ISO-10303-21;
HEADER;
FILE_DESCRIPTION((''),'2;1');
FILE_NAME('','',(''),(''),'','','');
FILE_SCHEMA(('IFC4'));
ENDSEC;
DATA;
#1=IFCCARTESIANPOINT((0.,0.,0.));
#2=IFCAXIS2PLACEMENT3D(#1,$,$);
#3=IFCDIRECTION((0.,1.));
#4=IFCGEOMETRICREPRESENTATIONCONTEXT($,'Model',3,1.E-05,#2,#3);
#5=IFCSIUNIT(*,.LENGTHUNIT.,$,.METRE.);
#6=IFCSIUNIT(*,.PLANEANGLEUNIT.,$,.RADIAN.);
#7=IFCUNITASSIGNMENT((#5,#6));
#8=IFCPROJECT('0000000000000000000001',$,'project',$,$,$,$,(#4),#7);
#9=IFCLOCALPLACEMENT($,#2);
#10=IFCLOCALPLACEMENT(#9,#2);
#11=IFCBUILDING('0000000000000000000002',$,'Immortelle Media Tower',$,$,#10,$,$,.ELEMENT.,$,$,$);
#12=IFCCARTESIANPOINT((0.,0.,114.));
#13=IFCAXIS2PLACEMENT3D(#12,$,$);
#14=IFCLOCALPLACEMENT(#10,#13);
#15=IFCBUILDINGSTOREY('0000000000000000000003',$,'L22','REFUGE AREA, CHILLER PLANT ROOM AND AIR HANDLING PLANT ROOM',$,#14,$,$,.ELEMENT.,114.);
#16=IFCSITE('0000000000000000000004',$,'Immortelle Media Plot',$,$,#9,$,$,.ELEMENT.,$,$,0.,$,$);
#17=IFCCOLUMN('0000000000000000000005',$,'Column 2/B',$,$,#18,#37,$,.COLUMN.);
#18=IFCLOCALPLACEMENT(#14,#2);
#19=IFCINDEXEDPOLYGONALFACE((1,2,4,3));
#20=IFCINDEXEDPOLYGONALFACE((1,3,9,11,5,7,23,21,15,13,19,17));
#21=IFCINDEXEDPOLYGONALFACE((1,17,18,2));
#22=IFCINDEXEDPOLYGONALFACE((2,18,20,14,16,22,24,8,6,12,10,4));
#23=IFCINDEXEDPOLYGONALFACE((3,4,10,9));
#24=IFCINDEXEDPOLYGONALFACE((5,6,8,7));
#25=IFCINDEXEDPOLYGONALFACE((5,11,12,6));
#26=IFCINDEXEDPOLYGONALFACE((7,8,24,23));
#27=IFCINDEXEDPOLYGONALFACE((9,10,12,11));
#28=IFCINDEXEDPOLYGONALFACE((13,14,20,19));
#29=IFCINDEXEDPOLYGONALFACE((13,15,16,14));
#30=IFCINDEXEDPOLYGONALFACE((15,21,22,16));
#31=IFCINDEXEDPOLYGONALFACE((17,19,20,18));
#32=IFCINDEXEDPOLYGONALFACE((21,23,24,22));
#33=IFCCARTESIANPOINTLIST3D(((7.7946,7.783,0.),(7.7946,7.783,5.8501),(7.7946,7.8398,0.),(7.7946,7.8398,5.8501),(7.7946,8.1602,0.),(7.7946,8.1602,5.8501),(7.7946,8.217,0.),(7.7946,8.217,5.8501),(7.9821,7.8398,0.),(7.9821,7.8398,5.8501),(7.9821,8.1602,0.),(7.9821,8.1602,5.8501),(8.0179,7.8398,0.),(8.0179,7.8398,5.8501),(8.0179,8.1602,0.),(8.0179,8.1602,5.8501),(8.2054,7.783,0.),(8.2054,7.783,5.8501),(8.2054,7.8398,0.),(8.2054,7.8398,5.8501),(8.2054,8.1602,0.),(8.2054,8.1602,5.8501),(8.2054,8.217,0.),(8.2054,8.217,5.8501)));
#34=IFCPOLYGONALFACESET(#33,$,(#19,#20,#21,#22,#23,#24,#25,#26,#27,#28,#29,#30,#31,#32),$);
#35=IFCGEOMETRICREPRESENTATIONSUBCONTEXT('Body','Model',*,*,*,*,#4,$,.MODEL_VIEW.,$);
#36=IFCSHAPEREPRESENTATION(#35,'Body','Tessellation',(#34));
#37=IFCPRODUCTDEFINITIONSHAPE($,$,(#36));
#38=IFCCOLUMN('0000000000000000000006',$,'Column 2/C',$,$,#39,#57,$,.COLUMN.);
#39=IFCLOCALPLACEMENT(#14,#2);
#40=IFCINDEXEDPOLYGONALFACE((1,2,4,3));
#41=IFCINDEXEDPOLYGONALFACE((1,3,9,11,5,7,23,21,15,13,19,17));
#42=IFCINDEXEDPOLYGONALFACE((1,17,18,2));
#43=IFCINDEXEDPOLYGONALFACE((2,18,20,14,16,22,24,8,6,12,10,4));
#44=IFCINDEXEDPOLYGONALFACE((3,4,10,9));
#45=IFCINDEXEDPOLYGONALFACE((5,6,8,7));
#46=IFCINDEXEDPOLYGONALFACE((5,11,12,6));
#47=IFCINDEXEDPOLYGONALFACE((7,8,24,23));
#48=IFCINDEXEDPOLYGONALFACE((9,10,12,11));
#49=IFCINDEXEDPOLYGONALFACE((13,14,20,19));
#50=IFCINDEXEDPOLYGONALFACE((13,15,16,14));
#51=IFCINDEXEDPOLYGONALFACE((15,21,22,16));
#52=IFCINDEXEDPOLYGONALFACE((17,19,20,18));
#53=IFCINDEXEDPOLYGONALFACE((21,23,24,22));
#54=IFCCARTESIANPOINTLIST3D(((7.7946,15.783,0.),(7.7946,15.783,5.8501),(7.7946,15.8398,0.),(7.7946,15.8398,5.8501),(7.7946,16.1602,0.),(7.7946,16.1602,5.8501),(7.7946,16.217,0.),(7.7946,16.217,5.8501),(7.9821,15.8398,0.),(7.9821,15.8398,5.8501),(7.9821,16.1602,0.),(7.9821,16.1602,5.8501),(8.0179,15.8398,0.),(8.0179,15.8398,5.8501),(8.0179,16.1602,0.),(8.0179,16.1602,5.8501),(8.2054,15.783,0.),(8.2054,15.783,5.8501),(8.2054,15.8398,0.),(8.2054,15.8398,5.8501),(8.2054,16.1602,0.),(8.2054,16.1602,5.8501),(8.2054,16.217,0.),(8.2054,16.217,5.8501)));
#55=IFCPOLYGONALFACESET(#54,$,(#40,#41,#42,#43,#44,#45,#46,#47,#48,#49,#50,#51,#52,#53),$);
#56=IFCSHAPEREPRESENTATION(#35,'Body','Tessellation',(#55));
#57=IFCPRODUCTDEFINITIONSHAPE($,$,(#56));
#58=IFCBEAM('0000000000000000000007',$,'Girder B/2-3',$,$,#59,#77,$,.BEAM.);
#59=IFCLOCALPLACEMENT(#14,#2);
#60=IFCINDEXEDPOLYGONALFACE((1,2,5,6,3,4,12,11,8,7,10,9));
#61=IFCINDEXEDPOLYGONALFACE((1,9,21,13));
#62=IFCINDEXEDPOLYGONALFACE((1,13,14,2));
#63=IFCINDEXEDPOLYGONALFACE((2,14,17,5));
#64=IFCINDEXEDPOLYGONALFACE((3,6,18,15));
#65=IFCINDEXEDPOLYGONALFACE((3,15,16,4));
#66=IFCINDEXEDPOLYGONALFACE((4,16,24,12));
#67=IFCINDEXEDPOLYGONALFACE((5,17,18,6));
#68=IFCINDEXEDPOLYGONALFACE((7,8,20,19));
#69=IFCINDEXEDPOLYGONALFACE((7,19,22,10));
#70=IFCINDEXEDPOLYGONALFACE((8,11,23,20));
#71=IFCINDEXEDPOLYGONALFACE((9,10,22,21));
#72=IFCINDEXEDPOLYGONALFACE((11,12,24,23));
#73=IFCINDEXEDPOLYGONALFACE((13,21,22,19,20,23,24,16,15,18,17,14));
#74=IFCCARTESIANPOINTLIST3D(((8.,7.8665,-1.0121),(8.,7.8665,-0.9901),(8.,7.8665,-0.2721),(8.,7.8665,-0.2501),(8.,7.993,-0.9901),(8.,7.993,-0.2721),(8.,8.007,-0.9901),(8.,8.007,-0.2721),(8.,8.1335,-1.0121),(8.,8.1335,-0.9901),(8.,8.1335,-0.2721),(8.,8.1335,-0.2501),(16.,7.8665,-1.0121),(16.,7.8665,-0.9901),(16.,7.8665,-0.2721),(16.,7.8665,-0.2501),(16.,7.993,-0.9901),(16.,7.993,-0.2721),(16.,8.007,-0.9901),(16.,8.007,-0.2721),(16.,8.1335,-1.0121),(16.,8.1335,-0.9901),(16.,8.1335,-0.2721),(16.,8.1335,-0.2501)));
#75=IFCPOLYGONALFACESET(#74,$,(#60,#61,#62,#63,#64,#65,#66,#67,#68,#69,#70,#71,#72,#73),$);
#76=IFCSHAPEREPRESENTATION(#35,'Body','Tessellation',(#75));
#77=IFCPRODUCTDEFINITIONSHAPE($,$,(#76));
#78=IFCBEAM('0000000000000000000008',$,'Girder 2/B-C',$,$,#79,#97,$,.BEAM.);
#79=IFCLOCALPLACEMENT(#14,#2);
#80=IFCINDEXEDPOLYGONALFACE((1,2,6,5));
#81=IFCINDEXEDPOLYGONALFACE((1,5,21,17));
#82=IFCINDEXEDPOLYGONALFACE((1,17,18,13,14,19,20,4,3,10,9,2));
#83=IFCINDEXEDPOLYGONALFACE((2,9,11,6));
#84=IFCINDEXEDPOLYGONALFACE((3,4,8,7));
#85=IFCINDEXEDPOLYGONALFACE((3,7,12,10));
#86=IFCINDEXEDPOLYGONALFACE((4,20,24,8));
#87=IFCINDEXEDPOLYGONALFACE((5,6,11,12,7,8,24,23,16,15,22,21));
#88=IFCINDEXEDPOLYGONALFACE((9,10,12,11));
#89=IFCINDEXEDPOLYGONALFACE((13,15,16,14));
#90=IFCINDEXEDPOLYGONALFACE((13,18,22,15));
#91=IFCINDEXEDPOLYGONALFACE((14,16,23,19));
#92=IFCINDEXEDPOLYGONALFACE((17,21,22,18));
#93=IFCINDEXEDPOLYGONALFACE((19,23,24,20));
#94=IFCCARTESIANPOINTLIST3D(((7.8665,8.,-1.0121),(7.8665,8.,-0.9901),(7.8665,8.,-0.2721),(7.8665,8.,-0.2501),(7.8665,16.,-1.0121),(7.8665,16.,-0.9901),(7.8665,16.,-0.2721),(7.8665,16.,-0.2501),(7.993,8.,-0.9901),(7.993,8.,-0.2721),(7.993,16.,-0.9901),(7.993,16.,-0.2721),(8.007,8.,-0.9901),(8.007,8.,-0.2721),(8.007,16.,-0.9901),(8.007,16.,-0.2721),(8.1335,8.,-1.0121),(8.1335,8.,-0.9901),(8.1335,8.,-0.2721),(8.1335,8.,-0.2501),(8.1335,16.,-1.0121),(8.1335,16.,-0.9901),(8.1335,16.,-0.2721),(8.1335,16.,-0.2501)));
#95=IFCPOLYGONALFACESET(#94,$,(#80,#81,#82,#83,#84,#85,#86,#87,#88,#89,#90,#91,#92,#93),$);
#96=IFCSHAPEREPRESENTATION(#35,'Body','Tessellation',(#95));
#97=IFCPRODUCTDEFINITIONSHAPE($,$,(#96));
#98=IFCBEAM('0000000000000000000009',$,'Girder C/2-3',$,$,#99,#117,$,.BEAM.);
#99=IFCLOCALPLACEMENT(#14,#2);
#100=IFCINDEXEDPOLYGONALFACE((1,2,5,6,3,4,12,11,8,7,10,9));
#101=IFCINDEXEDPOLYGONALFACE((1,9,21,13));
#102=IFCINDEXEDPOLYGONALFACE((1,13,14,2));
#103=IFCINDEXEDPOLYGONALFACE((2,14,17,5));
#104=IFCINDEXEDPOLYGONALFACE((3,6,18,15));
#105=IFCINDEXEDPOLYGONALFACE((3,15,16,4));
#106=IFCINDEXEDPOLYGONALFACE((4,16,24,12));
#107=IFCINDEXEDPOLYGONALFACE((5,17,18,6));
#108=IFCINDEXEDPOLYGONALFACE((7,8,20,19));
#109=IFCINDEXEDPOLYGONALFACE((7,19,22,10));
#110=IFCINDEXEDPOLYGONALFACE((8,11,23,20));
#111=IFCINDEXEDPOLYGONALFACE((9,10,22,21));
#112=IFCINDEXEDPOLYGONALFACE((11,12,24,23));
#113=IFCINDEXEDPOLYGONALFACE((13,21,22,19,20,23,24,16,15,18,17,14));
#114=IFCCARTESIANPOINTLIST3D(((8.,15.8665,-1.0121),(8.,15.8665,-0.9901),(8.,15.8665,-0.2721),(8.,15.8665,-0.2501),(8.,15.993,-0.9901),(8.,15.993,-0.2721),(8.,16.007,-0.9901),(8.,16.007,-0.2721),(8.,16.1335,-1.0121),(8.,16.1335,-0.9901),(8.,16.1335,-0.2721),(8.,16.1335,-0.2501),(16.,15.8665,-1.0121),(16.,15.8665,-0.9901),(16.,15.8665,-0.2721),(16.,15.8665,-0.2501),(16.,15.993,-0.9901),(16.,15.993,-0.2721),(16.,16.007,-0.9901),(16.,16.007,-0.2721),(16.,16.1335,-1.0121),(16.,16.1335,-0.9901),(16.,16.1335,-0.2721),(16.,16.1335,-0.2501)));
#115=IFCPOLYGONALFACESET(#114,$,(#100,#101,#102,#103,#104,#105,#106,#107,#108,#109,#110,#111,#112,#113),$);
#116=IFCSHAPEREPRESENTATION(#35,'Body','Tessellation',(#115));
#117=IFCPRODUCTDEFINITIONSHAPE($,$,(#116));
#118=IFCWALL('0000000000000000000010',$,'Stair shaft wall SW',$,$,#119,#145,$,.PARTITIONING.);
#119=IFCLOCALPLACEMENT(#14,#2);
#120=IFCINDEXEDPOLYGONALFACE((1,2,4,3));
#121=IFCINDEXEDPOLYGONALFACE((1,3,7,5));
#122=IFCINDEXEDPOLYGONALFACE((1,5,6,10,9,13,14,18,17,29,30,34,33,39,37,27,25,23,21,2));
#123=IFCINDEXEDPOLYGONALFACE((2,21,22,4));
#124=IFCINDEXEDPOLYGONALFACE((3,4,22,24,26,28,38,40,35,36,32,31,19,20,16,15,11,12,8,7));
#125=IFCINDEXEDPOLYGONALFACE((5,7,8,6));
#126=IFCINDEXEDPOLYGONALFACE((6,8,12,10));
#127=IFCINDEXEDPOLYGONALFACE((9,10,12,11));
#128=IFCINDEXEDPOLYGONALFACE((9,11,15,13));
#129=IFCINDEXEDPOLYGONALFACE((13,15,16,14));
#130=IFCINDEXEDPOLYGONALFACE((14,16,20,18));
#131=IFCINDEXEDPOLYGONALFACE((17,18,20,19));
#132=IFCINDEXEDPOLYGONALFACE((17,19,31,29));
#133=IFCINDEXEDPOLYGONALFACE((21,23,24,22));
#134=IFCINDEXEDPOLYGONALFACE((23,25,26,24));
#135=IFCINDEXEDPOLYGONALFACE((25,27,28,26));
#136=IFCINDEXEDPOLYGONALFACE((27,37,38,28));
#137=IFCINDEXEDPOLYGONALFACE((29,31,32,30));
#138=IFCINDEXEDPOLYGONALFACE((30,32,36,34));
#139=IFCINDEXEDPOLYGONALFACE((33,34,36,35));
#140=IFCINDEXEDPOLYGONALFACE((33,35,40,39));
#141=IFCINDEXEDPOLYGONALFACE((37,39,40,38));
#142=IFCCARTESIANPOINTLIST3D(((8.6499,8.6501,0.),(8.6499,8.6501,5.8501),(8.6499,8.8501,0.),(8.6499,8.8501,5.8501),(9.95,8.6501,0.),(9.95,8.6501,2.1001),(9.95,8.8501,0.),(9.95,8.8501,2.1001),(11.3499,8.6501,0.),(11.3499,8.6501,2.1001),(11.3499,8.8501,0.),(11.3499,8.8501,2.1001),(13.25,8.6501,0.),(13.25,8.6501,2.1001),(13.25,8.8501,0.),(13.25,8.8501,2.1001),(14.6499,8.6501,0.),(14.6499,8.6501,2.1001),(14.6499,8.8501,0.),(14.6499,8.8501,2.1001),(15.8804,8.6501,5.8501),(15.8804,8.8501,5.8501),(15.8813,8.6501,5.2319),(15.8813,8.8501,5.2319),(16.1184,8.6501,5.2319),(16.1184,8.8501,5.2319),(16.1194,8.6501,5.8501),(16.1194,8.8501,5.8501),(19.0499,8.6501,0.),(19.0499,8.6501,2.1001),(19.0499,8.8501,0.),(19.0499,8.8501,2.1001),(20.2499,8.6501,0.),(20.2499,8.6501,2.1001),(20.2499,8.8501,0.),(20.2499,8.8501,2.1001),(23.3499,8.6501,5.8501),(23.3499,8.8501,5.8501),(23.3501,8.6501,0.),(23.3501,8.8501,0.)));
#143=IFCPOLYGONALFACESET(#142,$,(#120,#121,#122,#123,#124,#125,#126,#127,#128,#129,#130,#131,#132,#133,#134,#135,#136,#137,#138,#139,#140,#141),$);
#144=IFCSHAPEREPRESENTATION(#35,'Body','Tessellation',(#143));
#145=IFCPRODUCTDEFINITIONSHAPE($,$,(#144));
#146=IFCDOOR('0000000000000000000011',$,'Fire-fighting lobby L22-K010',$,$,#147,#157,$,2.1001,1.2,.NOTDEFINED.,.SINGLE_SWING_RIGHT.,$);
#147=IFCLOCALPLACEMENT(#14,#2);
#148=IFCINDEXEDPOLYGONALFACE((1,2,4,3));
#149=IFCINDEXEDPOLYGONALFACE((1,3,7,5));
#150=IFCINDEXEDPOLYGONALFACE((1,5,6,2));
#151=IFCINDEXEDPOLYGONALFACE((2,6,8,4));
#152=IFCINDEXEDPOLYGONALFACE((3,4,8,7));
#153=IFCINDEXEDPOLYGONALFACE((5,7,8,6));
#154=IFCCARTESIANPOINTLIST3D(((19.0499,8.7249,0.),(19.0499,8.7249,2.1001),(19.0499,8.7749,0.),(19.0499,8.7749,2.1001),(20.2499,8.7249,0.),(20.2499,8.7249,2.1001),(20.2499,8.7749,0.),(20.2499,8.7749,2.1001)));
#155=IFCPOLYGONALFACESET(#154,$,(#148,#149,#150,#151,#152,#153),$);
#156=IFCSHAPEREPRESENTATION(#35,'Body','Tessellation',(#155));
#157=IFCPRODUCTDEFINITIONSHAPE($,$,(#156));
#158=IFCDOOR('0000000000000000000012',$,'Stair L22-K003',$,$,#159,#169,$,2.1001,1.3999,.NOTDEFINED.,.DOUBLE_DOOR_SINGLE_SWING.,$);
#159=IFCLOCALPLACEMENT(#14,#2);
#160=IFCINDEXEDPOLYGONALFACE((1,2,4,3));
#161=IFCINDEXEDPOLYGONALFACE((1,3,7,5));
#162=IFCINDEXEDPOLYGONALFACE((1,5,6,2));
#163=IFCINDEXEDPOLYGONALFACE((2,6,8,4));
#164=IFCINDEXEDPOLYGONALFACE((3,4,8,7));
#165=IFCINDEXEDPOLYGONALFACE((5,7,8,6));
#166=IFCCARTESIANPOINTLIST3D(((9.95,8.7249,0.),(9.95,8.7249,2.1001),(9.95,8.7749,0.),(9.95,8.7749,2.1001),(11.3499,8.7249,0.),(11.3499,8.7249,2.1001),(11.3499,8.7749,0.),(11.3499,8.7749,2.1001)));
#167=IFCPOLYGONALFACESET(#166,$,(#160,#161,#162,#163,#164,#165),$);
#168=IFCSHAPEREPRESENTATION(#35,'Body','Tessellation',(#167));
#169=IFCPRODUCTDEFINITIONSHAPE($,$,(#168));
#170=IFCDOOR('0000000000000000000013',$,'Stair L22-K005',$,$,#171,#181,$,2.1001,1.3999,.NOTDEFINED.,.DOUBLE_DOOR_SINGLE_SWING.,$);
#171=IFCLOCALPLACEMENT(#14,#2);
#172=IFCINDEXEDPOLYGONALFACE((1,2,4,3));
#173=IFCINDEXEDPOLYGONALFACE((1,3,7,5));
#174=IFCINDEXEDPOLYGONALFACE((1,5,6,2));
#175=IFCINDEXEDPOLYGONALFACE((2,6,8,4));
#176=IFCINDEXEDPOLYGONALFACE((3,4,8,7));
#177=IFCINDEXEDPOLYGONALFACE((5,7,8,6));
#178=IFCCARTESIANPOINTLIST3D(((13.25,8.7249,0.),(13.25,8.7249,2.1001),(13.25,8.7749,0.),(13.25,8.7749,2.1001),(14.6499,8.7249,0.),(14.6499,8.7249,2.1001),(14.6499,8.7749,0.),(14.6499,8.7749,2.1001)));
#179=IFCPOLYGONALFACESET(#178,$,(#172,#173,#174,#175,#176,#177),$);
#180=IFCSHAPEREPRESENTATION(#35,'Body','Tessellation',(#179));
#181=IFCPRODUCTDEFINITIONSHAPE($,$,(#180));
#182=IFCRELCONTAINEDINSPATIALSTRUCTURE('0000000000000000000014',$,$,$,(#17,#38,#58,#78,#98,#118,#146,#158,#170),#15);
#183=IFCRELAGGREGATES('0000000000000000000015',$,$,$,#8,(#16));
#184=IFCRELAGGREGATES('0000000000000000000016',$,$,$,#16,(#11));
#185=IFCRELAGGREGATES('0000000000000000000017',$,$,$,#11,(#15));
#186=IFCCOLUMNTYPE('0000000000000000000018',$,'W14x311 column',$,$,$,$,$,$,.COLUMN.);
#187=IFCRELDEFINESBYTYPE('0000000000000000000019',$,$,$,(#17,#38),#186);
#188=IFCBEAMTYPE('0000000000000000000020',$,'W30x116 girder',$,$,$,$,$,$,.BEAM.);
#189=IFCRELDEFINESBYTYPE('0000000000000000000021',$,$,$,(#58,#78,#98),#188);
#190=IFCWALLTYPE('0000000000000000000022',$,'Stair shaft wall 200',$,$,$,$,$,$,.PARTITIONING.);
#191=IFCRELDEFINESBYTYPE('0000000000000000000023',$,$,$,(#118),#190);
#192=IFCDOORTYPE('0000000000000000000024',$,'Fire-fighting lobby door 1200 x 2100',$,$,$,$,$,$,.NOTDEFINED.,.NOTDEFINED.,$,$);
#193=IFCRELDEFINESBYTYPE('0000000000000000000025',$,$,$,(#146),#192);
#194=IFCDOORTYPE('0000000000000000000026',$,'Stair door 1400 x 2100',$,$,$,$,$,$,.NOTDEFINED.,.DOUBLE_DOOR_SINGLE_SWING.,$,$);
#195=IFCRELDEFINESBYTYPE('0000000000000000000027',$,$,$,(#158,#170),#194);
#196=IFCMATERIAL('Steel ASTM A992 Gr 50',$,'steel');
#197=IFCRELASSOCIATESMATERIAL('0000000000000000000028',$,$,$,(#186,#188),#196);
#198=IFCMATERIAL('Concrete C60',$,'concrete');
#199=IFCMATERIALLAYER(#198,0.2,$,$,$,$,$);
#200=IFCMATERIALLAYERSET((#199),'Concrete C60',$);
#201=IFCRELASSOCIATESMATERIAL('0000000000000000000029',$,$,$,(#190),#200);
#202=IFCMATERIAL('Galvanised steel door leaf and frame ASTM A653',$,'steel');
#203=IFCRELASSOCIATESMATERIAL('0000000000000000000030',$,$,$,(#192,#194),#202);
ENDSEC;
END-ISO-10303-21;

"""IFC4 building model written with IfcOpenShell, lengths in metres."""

from ifc_helpers import new_model, si_unit, direction, frame, frame_2d, origin, origin_2d, place, context, subcontext, project, spatial, polyline, rectangle, i_section, outline, extrude, material, layer, layer_set, material_profile, profile_set, type_object, element, fill, save


model = new_model("IFC4")

# Units and contexts
model_context = context("Model", 3, precision=1e-05, world=origin(), true_north=direction((0.0, 1.0)))
body_context = subcontext(model_context, "Body", "Model", "MODEL_VIEW")
ifc_project = project(units=[si_unit("LENGTHUNIT", "METRE"), si_unit("PLANEANGLEUNIT", "RADIAN")], contexts=[model_context])

# Site, building, storey
site_placement = place(None, origin())
site = spatial("IfcSite", under=ifc_project, at=site_placement, Name="Immortelle Media Plot", CompositionType="ELEMENT", RefElevation=0.0)
building_placement = place(site_placement, origin())
building = spatial("IfcBuilding", under=site, at=building_placement, Name="Immortelle Media Tower", CompositionType="ELEMENT")
storey_placement = place(building_placement, frame((0.0, 0.0, 114.0)))
storey = spatial("IfcBuildingStorey", under=building, at=storey_placement, Name="L22", Description="REFUGE AREA, CHILLER PLANT ROOM AND AIR HANDLING PLANT ROOM", CompositionType="ELEMENT", Elevation=114.0)

# Columns
ifc_material_1 = material(Name="Steel ASTM A992 Gr 50", Category="steel")
ifc_material_profile_1 = material_profile(ifc_material_1, i_section(OverallWidth=0.4109, OverallDepth=0.4341, WebThickness=0.0359, FlangeThickness=0.0569, at=origin_2d()), Name="W14x311")
ifc_profile_set_1 = profile_set([ifc_material_profile_1], Name="Steel ASTM A992 Gr 50")
column_type = type_object("IfcColumnType", Name="W14x311 column", PredefinedType="COLUMN", material=ifc_profile_set_1)
for number, where, z_axis, x_axis, name in (
    (1, (8.0, 8.0, 0.0), (0.0, 0.0, 1.0), (1.0, 0.0, 0.0), "Column 2/B"),
    (2, (8.0, 16.0, 0.0), (0.0, 0.0, 1.0), (1.0, 0.0, 0.0), "Column 2/C"),
):
    element("IfcColumn", number, at=place(storey_placement, frame(where, z_axis=z_axis, x_axis=x_axis)), inside=storey, type_object=column_type, Name=name, PredefinedType="COLUMN", context=body_context, shape_type="SweptSolid", body=[
        extrude(i_section(OverallWidth=0.4109, OverallDepth=0.4341, WebThickness=0.0359, FlangeThickness=0.0569, at=origin_2d()), origin(), (0.0, 0.0, 1.0), 5.8501),
    ])

# Beams
ifc_material_profile_2 = material_profile(ifc_material_1, i_section(OverallWidth=0.2671, OverallDepth=0.762, WebThickness=0.0139, FlangeThickness=0.022, at=origin_2d()), Name="W30x116")
ifc_profile_set_2 = profile_set([ifc_material_profile_2], Name="Steel ASTM A992 Gr 50")
beam_type = type_object("IfcBeamType", Name="W30x116 girder", PredefinedType="BEAM", material=ifc_profile_set_2)
for number, where, z_axis, x_axis, name in (
    (3, (8.0, 8.0, -0.6311), (1.0, 0.0, 0.0), (0.0, 1.0, 0.0), "Girder B/2-3"),
    (4, (8.0, 8.0, -0.6311), (0.0, 1.0, 0.0), (-1.0, 0.0, 0.0), "Girder 2/B-C"),
    (5, (8.0, 16.0, -0.6311), (1.0, 0.0, 0.0), (0.0, 1.0, 0.0), "Girder C/2-3"),
):
    element("IfcBeam", number, at=place(storey_placement, frame(where, z_axis=z_axis, x_axis=x_axis)), inside=storey, type_object=beam_type, Name=name, PredefinedType="BEAM", context=body_context, shape_type="SweptSolid", body=[
        extrude(i_section(OverallWidth=0.2671, OverallDepth=0.762, WebThickness=0.0139, FlangeThickness=0.022, at=origin_2d()), origin(), (0.0, 0.0, 1.0), 8.0),
    ])

# Wall, openings, doors
ifc_material_2 = material(Name="Concrete C60", Category="concrete")
ifc_layer = layer(ifc_material_2, 0.2)
ifc_layer_set = layer_set([ifc_layer], Name="Concrete C60")
wall_type = type_object("IfcWallType", Name="Stair shaft wall 200", PredefinedType="PARTITIONING", material=ifc_layer_set)
wall_1_placement = place(storey_placement, frame((8.6499, 8.75, 0.0), z_axis=(0.0, 0.0, 1.0), x_axis=(1.0, 0.0, 0.0)))
wall_1 = element("IfcWall", 6, at=wall_1_placement, inside=storey, type_object=wall_type, Name="Stair shaft wall SW", PredefinedType="PARTITIONING", context=body_context, shape_type="SweptSolid", body=[
    extrude(outline(polyline([(0.0, 0.0), (14.7002, 0.0), (14.7, 5.8501), (7.4695, 5.8501), (7.4685, 5.2319), (7.2314, 5.2319), (7.2305, 5.8501), (0.0, 5.8501), (0.0, 0.0)])), frame((0.0, 0.1001, 0.0), z_axis=(0.0, -1.0, 0.0), x_axis=(1.0, 0.0, 0.0)), (0.0, 0.0, 1.0), 0.2),
])
opening_1_placement = place(wall_1_placement, frame((1.3, 0.0, 0.0)))
opening_1 = element("IfcOpeningElement", 7, at=opening_1_placement, cuts=wall_1, PredefinedType="OPENING", context=body_context, shape_type="SweptSolid", body=[
    extrude(rectangle(XDim=1.3999, YDim=2.1001, at=frame_2d((0.7, 1.05))), frame((0.0, 0.1099, 0.0), z_axis=(0.0, -1.0, 0.0), x_axis=(1.0, 0.0, 0.0)), (0.0, 0.0, 1.0), 0.22),
])
opening_2_placement = place(wall_1_placement, frame((4.6001, 0.0, 0.0)))
opening_2 = element("IfcOpeningElement", 8, at=opening_2_placement, cuts=wall_1, PredefinedType="OPENING", context=body_context, shape_type="SweptSolid", body=[
    extrude(rectangle(XDim=1.3999, YDim=2.1001, at=frame_2d((0.7, 1.05))), frame((0.0, 0.1099, 0.0), z_axis=(0.0, -1.0, 0.0), x_axis=(1.0, 0.0, 0.0)), (0.0, 0.0, 1.0), 0.22),
])
opening_3_placement = place(wall_1_placement, frame((10.3999, 0.0, 0.0)))
opening_3 = element("IfcOpeningElement", 9, at=opening_3_placement, cuts=wall_1, PredefinedType="OPENING", context=body_context, shape_type="SweptSolid", body=[
    extrude(rectangle(XDim=1.2, YDim=2.1001, at=frame_2d((0.6001, 1.05))), frame((0.0, 0.1099, 0.0), z_axis=(0.0, -1.0, 0.0), x_axis=(1.0, 0.0, 0.0)), (0.0, 0.0, 1.0), 0.22),
])
ifc_material_3 = material(Name="Galvanised steel door leaf and frame ASTM A653", Category="steel")
door_type_1 = type_object("IfcDoorType", Name="Fire-fighting lobby door 1200 x 2100", OperationType="NOTDEFINED", PredefinedType="NOTDEFINED", material=ifc_material_3)
door_1_placement = place(opening_3_placement, origin())
door_1 = element("IfcDoor", 10, at=door_1_placement, inside=storey, type_object=door_type_1, Name="Fire-fighting lobby L22-K010", OperationType="SINGLE_SWING_RIGHT", OverallHeight=2.1001, OverallWidth=1.2, PredefinedType="NOTDEFINED", context=body_context, shape_type="SweptSolid", body=[
    extrude(rectangle(XDim=1.2, YDim=2.1001, at=frame_2d((0.6001, 1.05))), frame((0.0, 0.0249, 0.0), z_axis=(0.0, -1.0, 0.0), x_axis=(1.0, 0.0, 0.0)), (0.0, 0.0, 1.0), 0.05),
])
fill(opening_3, door_1)
door_type_2 = type_object("IfcDoorType", Name="Stair door 1400 x 2100", OperationType="DOUBLE_DOOR_SINGLE_SWING", PredefinedType="NOTDEFINED", material=ifc_material_3)
door_2_placement = place(opening_1_placement, origin())
door_2 = element("IfcDoor", 11, at=door_2_placement, inside=storey, type_object=door_type_2, Name="Stair L22-K003", OperationType="DOUBLE_DOOR_SINGLE_SWING", OverallHeight=2.1001, OverallWidth=1.3999, PredefinedType="NOTDEFINED", context=body_context, shape_type="SweptSolid", body=[
    extrude(rectangle(XDim=1.3999, YDim=2.1001, at=frame_2d((0.7, 1.05))), frame((0.0, 0.0249, 0.0), z_axis=(0.0, -1.0, 0.0), x_axis=(1.0, 0.0, 0.0)), (0.0, 0.0, 1.0), 0.05),
])
fill(opening_1, door_2)
door_3_placement = place(opening_2_placement, origin())
door_3 = element("IfcDoor", 12, at=door_3_placement, inside=storey, type_object=door_type_2, Name="Stair L22-K005", OperationType="DOUBLE_DOOR_SINGLE_SWING", OverallHeight=2.1001, OverallWidth=1.3999, PredefinedType="NOTDEFINED", context=body_context, shape_type="SweptSolid", body=[
    extrude(rectangle(XDim=1.3999, YDim=2.1001, at=frame_2d((0.7, 1.05))), frame((0.0, 0.0249, 0.0), z_axis=(0.0, -1.0, 0.0), x_axis=(1.0, 0.0, 0.0)), (0.0, 0.0, 1.0), 0.05),
])
fill(opening_2, door_3)

save(model, "model.ifc")
